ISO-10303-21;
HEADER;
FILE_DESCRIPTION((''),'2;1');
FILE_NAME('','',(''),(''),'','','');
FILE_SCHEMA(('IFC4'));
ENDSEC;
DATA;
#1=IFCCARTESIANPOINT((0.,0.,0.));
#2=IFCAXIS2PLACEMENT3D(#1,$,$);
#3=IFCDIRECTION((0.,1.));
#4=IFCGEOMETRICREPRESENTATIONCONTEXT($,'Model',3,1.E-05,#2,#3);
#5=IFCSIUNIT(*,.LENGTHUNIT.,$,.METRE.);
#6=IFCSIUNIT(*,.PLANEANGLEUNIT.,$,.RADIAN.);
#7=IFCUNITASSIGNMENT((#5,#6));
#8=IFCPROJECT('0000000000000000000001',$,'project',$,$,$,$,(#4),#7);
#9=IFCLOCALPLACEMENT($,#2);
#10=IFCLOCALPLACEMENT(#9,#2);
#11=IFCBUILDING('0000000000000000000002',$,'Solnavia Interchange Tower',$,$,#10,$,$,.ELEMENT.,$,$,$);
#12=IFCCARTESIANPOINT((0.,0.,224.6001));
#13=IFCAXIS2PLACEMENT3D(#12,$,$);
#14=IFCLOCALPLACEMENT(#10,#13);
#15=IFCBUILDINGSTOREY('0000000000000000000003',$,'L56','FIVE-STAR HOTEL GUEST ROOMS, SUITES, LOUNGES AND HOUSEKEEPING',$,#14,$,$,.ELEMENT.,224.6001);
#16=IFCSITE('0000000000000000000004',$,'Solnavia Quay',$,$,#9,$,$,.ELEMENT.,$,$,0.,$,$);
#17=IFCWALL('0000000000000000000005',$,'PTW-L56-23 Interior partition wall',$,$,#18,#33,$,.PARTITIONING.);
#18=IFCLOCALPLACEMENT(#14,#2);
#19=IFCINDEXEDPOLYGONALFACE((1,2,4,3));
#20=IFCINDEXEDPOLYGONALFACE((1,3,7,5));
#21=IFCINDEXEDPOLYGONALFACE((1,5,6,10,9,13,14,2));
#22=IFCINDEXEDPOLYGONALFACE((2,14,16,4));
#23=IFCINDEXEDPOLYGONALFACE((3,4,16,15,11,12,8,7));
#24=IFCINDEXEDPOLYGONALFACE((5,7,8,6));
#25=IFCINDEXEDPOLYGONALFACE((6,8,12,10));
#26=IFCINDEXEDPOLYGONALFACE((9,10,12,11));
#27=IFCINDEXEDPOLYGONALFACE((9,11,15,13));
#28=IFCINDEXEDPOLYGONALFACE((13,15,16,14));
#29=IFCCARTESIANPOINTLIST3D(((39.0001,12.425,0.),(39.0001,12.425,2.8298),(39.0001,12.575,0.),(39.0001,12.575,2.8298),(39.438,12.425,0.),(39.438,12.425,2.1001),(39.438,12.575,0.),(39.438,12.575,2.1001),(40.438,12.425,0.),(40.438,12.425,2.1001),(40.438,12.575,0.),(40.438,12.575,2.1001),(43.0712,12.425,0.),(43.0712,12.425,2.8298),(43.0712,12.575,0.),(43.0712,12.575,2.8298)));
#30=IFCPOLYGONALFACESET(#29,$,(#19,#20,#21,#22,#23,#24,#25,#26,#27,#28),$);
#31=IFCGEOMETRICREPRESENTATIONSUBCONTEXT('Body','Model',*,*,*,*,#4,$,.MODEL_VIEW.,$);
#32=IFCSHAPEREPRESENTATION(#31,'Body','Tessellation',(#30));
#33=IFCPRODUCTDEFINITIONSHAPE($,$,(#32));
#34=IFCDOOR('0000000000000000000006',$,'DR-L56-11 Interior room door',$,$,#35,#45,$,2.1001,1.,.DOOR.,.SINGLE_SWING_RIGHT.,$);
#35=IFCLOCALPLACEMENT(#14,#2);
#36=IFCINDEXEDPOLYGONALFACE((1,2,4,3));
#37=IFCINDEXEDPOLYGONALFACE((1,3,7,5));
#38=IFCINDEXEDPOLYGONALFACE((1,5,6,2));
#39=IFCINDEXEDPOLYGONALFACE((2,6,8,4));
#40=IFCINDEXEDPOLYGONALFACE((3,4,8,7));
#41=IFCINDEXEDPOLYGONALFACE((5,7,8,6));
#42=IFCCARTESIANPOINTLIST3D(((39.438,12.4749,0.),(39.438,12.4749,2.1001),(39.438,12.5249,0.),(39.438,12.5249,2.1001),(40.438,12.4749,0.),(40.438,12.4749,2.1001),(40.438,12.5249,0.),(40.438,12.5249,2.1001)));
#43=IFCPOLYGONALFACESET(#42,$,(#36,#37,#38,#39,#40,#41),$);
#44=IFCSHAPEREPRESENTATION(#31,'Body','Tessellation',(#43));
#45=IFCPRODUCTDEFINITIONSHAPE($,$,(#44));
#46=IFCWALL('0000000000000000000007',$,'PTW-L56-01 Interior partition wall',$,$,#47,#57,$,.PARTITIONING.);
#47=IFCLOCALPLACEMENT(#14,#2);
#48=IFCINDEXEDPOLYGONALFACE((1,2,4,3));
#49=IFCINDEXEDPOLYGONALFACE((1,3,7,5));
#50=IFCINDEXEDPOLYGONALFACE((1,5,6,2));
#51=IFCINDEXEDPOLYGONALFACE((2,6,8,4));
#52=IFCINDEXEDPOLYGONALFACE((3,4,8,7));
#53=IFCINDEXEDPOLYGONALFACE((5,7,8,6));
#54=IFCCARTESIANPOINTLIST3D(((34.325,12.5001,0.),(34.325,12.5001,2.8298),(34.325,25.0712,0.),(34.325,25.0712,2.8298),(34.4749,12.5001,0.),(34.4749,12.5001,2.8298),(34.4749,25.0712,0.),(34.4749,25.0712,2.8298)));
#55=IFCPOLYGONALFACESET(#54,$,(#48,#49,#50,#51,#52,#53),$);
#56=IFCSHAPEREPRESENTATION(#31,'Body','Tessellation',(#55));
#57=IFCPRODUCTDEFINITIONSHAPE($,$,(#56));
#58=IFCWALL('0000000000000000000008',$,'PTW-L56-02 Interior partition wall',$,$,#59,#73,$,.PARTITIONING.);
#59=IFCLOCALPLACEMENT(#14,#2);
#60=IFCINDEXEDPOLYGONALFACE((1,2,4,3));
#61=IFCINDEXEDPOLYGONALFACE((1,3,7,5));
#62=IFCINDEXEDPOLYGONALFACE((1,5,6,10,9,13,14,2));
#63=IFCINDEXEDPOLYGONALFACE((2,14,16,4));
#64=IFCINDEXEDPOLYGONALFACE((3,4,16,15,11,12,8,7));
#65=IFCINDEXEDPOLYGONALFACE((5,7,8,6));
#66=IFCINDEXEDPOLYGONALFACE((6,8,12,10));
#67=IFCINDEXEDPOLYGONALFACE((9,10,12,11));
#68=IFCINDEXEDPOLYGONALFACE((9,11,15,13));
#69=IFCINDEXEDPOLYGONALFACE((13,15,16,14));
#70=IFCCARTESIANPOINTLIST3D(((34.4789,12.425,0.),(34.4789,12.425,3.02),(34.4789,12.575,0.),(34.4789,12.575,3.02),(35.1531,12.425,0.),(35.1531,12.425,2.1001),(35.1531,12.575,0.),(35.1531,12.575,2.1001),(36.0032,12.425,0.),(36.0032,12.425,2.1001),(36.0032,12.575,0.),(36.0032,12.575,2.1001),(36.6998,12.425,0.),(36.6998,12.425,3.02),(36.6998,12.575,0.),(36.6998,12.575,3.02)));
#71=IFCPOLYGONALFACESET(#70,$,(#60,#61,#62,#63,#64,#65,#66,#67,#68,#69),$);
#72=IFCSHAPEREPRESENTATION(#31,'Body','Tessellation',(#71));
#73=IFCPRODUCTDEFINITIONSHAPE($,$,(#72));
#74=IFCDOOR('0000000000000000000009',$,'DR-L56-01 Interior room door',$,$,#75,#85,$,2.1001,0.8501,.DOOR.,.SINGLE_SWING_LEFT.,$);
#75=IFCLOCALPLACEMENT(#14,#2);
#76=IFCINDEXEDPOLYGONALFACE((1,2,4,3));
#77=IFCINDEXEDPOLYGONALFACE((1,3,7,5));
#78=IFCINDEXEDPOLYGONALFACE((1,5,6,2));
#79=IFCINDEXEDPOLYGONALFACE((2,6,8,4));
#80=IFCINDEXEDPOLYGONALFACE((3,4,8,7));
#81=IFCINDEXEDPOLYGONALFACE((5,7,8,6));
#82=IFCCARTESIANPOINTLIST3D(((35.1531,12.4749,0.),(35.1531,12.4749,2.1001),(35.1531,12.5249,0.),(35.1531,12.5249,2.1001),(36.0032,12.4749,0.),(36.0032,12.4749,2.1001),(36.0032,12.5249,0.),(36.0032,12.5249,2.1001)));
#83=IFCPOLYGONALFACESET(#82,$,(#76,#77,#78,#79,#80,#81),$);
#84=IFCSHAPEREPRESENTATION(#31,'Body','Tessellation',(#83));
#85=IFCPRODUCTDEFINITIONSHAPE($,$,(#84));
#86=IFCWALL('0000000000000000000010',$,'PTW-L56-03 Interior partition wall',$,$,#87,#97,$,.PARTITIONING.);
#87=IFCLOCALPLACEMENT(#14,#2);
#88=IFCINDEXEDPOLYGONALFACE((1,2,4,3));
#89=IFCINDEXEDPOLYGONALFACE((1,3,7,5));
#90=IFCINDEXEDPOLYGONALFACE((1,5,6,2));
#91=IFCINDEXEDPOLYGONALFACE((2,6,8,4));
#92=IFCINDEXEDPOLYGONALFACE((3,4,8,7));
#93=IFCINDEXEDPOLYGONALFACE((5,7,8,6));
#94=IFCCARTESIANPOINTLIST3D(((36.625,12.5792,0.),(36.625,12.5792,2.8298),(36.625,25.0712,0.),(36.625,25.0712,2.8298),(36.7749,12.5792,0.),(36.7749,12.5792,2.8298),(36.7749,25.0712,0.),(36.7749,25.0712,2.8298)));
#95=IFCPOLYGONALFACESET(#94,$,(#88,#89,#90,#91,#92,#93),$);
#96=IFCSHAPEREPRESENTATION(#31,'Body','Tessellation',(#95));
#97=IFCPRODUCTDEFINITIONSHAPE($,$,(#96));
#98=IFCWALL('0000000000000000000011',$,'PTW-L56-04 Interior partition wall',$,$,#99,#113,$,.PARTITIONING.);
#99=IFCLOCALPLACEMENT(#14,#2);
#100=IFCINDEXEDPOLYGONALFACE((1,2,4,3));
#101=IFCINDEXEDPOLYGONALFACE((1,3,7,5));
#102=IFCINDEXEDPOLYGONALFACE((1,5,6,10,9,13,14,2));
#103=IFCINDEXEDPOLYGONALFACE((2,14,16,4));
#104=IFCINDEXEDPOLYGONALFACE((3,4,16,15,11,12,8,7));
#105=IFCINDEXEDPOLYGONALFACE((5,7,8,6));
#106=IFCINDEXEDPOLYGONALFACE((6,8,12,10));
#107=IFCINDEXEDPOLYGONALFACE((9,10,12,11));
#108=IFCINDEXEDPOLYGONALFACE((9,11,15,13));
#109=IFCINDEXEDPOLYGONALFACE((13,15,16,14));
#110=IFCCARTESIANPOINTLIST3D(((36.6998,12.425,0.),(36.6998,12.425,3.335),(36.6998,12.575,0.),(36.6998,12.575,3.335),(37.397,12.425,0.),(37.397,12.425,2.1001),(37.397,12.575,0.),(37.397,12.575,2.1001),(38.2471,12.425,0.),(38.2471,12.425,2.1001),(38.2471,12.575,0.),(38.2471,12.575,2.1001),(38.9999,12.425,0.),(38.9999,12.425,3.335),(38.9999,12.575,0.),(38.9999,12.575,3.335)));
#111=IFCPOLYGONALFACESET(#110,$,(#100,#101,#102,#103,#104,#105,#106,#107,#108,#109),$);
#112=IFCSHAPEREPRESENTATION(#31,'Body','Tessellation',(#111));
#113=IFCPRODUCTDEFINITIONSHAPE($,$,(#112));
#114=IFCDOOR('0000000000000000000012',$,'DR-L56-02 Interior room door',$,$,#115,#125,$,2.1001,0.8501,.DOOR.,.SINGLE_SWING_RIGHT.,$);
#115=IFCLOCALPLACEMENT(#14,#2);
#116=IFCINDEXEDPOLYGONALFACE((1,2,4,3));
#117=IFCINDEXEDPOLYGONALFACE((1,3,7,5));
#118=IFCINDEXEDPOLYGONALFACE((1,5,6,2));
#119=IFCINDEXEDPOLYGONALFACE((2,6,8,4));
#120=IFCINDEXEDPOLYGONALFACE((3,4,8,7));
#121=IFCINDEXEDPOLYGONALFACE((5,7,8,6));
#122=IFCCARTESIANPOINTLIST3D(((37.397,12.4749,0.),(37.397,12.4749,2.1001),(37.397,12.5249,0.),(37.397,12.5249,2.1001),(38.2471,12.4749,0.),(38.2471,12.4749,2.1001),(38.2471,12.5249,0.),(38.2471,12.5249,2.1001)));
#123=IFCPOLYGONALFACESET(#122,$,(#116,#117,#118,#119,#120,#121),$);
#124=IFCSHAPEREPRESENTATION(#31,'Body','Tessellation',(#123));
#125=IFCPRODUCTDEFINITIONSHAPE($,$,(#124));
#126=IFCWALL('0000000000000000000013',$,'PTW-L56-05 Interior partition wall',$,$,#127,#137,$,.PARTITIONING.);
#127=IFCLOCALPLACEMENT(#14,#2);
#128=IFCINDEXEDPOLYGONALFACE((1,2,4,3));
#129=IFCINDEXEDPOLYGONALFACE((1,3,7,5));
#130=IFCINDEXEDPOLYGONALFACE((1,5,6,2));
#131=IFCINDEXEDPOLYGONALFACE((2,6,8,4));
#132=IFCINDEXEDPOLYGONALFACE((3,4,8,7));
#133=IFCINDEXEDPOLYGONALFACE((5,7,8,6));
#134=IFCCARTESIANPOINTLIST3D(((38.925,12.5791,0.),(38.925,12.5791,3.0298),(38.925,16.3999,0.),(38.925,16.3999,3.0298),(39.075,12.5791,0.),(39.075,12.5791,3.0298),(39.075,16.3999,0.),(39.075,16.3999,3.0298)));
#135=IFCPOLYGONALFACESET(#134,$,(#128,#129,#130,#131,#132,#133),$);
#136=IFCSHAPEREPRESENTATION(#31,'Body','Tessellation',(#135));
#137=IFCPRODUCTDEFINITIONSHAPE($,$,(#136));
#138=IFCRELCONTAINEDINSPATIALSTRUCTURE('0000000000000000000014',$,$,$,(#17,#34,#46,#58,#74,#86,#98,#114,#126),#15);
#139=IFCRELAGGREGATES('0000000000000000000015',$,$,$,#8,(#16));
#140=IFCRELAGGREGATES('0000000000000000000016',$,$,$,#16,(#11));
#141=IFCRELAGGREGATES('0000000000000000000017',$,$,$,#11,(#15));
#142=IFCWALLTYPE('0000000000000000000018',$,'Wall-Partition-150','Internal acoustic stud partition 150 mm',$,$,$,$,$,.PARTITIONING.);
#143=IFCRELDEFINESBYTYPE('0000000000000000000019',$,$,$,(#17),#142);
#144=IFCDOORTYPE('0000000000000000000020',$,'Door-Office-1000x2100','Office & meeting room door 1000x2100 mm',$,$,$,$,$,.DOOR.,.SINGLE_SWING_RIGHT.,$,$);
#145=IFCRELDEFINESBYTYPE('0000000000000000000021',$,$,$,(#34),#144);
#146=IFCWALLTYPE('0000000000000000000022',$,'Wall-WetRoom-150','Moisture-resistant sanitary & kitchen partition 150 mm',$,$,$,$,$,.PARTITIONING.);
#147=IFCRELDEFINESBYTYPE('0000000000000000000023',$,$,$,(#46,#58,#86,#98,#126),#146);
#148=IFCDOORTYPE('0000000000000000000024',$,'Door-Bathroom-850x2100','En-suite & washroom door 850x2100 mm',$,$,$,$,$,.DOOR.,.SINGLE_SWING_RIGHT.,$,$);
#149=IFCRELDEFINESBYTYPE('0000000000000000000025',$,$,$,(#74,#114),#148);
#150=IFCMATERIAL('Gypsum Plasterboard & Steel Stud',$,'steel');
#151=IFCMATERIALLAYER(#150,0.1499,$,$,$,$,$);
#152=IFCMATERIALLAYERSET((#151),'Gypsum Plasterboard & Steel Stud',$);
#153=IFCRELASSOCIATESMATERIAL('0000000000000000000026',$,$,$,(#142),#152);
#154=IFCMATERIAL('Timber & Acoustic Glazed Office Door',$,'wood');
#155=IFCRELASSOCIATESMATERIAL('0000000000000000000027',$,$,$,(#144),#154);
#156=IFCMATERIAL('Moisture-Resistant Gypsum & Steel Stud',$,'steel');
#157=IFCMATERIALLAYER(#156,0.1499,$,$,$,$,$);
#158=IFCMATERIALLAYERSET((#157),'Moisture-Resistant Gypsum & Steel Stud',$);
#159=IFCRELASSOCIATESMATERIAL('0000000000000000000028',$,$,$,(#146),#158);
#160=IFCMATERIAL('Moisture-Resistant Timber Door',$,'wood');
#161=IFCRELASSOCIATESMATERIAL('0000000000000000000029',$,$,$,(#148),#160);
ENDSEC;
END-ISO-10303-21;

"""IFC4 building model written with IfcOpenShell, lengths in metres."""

from ifc_helpers import new_model, si_unit, direction, frame, frame_2d, origin, place, context, subcontext, project, spatial, rectangle, extrude, material, layer, layer_set, type_object, element, fill, save


model = new_model("IFC4")

# Units and contexts
model_context = context("Model", 3, precision=1e-05, world=origin(), true_north=direction((0.0, 1.0)))
body_context = subcontext(model_context, "Body", "Model", "MODEL_VIEW")
ifc_project = project(units=[si_unit("LENGTHUNIT", "METRE"), si_unit("PLANEANGLEUNIT", "RADIAN")], contexts=[model_context])

# Site, building, storey
site_placement = place(None, origin())
site = spatial("IfcSite", under=ifc_project, at=site_placement, Name="Solnavia Quay", CompositionType="ELEMENT", RefElevation=0.0)
building_placement = place(site_placement, origin())
building = spatial("IfcBuilding", under=site, at=building_placement, Name="Solnavia Interchange Tower", CompositionType="ELEMENT")
storey_placement = place(building_placement, frame((0.0, 0.0, 224.6001)))
storey = spatial("IfcBuildingStorey", under=building, at=storey_placement, Name="L56", Description="FIVE-STAR HOTEL GUEST ROOMS, SUITES, LOUNGES AND HOUSEKEEPING", CompositionType="ELEMENT", Elevation=224.6001)

# Wall, opening, door
ifc_material_1 = material(Name="Gypsum Plasterboard & Steel Stud", Category="steel")
ifc_layer_1 = layer(ifc_material_1, 0.1499)
ifc_layer_set_1 = layer_set([ifc_layer_1], Name="Gypsum Plasterboard & Steel Stud")
wall_type_1 = type_object("IfcWallType", Name="Wall-Partition-150", Description="Internal acoustic stud partition 150 mm", PredefinedType="PARTITIONING", material=ifc_layer_set_1)
ifc_material_2 = material(Name="Timber & Acoustic Glazed Office Door", Category="wood")
door_type_1 = type_object("IfcDoorType", Name="Door-Office-1000x2100", Description="Office & meeting room door 1000x2100 mm", OperationType="SINGLE_SWING_RIGHT", PredefinedType="DOOR", material=ifc_material_2)
wall_1_placement = place(storey_placement, frame((39.0, 12.5, 0.0), z_axis=(0.0, 0.0, 1.0), x_axis=(1.0, 0.0, 0.0)))
wall_1 = element("IfcWall", 1, at=wall_1_placement, inside=storey, type_object=wall_type_1, Name="PTW-L56-23 Interior partition wall", PredefinedType="PARTITIONING", context=body_context, shape_type="SweptSolid", body=[
    extrude(rectangle(XDim=4.071, YDim=0.1499, at=frame_2d((2.0356, 0.0))), origin(), (0.0, 0.0, 1.0), 2.8298),
])
opening_1_placement = place(wall_1_placement, frame((0.438, 0.0, 0.0)))
opening_1 = element("IfcOpeningElement", 2, at=opening_1_placement, cuts=wall_1, PredefinedType="OPENING", context=body_context, shape_type="SweptSolid", body=[
    extrude(rectangle(XDim=1.0, YDim=2.1001, at=frame_2d((0.5, 1.05))), frame((0.0, 0.085, 0.0), z_axis=(0.0, -1.0, 0.0), x_axis=(1.0, 0.0, 0.0)), (0.0, 0.0, 1.0), 0.1699),
])
door_1_placement = place(opening_1_placement, origin())
door_1 = element("IfcDoor", 3, at=door_1_placement, inside=storey, type_object=door_type_1, Name="DR-L56-11 Interior room door", OperationType="SINGLE_SWING_RIGHT", OverallHeight=2.1001, OverallWidth=1.0, PredefinedType="DOOR", context=body_context, shape_type="SweptSolid", body=[
    extrude(rectangle(XDim=1.0, YDim=2.1001, at=frame_2d((0.5, 1.05))), frame((0.0, 0.0249, 0.0), z_axis=(0.0, -1.0, 0.0), x_axis=(1.0, 0.0, 0.0)), (0.0, 0.0, 1.0), 0.05),
])
fill(opening_1, door_1)

# Wall
ifc_material_3 = material(Name="Moisture-Resistant Gypsum & Steel Stud", Category="steel")
ifc_layer_2 = layer(ifc_material_3, 0.1499)
ifc_layer_set_2 = layer_set([ifc_layer_2], Name="Moisture-Resistant Gypsum & Steel Stud")
wall_type_2 = type_object("IfcWallType", Name="Wall-WetRoom-150", Description="Moisture-resistant sanitary & kitchen partition 150 mm", PredefinedType="PARTITIONING", material=ifc_layer_set_2)
wall_2_placement = place(storey_placement, frame((34.3999, 12.5, 0.0), z_axis=(0.0, 0.0, 1.0), x_axis=(0.0, 1.0, 0.0)))
element("IfcWall", 4, at=wall_2_placement, inside=storey, type_object=wall_type_2, Name="PTW-L56-01 Interior partition wall", PredefinedType="PARTITIONING", context=body_context, shape_type="SweptSolid", body=[
    extrude(rectangle(XDim=12.571, YDim=0.1499, at=frame_2d((6.2856, 0.0))), origin(), (0.0, 0.0, 1.0), 2.8298),
])

# Wall, opening, door
wall_3_placement = place(storey_placement, frame((34.479, 12.5, 0.0), z_axis=(0.0, 0.0, 1.0), x_axis=(1.0, 0.0, 0.0)))
wall_3 = element("IfcWall", 5, at=wall_3_placement, inside=storey, type_object=wall_type_2, Name="PTW-L56-02 Interior partition wall", PredefinedType="PARTITIONING", context=body_context, shape_type="SweptSolid", body=[
    extrude(rectangle(XDim=2.2209, YDim=0.1499, at=frame_2d((1.1104, 0.0))), origin(), (0.0, 0.0, 1.0), 3.02),
])
opening_2_placement = place(wall_3_placement, frame((0.6741, 0.0, 0.0)))
opening_2 = element("IfcOpeningElement", 6, at=opening_2_placement, cuts=wall_3, PredefinedType="OPENING", context=body_context, shape_type="SweptSolid", body=[
    extrude(rectangle(XDim=0.8501, YDim=2.1001, at=frame_2d((0.425, 1.05))), frame((0.0, 0.085, 0.0), z_axis=(0.0, -1.0, 0.0), x_axis=(1.0, 0.0, 0.0)), (0.0, 0.0, 1.0), 0.1699),
])
ifc_material_4 = material(Name="Moisture-Resistant Timber Door", Category="wood")
door_type_2 = type_object("IfcDoorType", Name="Door-Bathroom-850x2100", Description="En-suite & washroom door 850x2100 mm", OperationType="SINGLE_SWING_RIGHT", PredefinedType="DOOR", material=ifc_material_4)
door_2_placement = place(opening_2_placement, origin())
door_2 = element("IfcDoor", 7, at=door_2_placement, inside=storey, type_object=door_type_2, Name="DR-L56-01 Interior room door", OperationType="SINGLE_SWING_LEFT", OverallHeight=2.1001, OverallWidth=0.8501, PredefinedType="DOOR", context=body_context, shape_type="SweptSolid", body=[
    extrude(rectangle(XDim=0.8501, YDim=2.1001, at=frame_2d((0.425, 1.05))), frame((0.0, 0.0249, 0.0), z_axis=(0.0, -1.0, 0.0), x_axis=(1.0, 0.0, 0.0)), (0.0, 0.0, 1.0), 0.05),
])
fill(opening_2, door_2)

# Wall
wall_4_placement = place(storey_placement, frame((36.7, 12.5791, 0.0), z_axis=(0.0, 0.0, 1.0), x_axis=(0.0, 1.0, 0.0)))
element("IfcWall", 8, at=wall_4_placement, inside=storey, type_object=wall_type_2, Name="PTW-L56-03 Interior partition wall", PredefinedType="PARTITIONING", context=body_context, shape_type="SweptSolid", body=[
    extrude(rectangle(XDim=12.4919, YDim=0.1499, at=frame_2d((6.2461, 0.0))), origin(), (0.0, 0.0, 1.0), 2.8298),
])

# Wall, opening, door
wall_5_placement = place(storey_placement, frame((36.7, 12.5, 0.0), z_axis=(0.0, 0.0, 1.0), x_axis=(1.0, 0.0, 0.0)))
wall_5 = element("IfcWall", 9, at=wall_5_placement, inside=storey, type_object=wall_type_2, Name="PTW-L56-04 Interior partition wall", PredefinedType="PARTITIONING", context=body_context, shape_type="SweptSolid", body=[
    extrude(rectangle(XDim=2.3, YDim=0.1499, at=frame_2d((1.1499, 0.0))), origin(), (0.0, 0.0, 1.0), 3.335),
])
opening_3_placement = place(wall_5_placement, frame((0.697, 0.0, 0.0)))
opening_3 = element("IfcOpeningElement", 10, at=opening_3_placement, cuts=wall_5, PredefinedType="OPENING", context=body_context, shape_type="SweptSolid", body=[
    extrude(rectangle(XDim=0.8501, YDim=2.1001, at=frame_2d((0.425, 1.05))), frame((0.0, 0.085, 0.0), z_axis=(0.0, -1.0, 0.0), x_axis=(1.0, 0.0, 0.0)), (0.0, 0.0, 1.0), 0.1699),
])
door_3_placement = place(opening_3_placement, origin())
door_3 = element("IfcDoor", 11, at=door_3_placement, inside=storey, type_object=door_type_2, Name="DR-L56-02 Interior room door", OperationType="SINGLE_SWING_RIGHT", OverallHeight=2.1001, OverallWidth=0.8501, PredefinedType="DOOR", context=body_context, shape_type="SweptSolid", body=[
    extrude(rectangle(XDim=0.8501, YDim=2.1001, at=frame_2d((0.425, 1.05))), frame((0.0, 0.0249, 0.0), z_axis=(0.0, -1.0, 0.0), x_axis=(1.0, 0.0, 0.0)), (0.0, 0.0, 1.0), 0.05),
])
fill(opening_3, door_3)

# Wall
wall_6_placement = place(storey_placement, frame((39.0, 12.5791, 0.0), z_axis=(0.0, 0.0, 1.0), x_axis=(0.0, 1.0, 0.0)))
element("IfcWall", 12, at=wall_6_placement, inside=storey, type_object=wall_type_2, Name="PTW-L56-05 Interior partition wall", PredefinedType="PARTITIONING", context=body_context, shape_type="SweptSolid", body=[
    extrude(rectangle(XDim=3.8208, YDim=0.1499, at=frame_2d((1.9104, 0.0))), origin(), (0.0, 0.0, 1.0), 3.0298),
])

save(model, "model.ifc")
